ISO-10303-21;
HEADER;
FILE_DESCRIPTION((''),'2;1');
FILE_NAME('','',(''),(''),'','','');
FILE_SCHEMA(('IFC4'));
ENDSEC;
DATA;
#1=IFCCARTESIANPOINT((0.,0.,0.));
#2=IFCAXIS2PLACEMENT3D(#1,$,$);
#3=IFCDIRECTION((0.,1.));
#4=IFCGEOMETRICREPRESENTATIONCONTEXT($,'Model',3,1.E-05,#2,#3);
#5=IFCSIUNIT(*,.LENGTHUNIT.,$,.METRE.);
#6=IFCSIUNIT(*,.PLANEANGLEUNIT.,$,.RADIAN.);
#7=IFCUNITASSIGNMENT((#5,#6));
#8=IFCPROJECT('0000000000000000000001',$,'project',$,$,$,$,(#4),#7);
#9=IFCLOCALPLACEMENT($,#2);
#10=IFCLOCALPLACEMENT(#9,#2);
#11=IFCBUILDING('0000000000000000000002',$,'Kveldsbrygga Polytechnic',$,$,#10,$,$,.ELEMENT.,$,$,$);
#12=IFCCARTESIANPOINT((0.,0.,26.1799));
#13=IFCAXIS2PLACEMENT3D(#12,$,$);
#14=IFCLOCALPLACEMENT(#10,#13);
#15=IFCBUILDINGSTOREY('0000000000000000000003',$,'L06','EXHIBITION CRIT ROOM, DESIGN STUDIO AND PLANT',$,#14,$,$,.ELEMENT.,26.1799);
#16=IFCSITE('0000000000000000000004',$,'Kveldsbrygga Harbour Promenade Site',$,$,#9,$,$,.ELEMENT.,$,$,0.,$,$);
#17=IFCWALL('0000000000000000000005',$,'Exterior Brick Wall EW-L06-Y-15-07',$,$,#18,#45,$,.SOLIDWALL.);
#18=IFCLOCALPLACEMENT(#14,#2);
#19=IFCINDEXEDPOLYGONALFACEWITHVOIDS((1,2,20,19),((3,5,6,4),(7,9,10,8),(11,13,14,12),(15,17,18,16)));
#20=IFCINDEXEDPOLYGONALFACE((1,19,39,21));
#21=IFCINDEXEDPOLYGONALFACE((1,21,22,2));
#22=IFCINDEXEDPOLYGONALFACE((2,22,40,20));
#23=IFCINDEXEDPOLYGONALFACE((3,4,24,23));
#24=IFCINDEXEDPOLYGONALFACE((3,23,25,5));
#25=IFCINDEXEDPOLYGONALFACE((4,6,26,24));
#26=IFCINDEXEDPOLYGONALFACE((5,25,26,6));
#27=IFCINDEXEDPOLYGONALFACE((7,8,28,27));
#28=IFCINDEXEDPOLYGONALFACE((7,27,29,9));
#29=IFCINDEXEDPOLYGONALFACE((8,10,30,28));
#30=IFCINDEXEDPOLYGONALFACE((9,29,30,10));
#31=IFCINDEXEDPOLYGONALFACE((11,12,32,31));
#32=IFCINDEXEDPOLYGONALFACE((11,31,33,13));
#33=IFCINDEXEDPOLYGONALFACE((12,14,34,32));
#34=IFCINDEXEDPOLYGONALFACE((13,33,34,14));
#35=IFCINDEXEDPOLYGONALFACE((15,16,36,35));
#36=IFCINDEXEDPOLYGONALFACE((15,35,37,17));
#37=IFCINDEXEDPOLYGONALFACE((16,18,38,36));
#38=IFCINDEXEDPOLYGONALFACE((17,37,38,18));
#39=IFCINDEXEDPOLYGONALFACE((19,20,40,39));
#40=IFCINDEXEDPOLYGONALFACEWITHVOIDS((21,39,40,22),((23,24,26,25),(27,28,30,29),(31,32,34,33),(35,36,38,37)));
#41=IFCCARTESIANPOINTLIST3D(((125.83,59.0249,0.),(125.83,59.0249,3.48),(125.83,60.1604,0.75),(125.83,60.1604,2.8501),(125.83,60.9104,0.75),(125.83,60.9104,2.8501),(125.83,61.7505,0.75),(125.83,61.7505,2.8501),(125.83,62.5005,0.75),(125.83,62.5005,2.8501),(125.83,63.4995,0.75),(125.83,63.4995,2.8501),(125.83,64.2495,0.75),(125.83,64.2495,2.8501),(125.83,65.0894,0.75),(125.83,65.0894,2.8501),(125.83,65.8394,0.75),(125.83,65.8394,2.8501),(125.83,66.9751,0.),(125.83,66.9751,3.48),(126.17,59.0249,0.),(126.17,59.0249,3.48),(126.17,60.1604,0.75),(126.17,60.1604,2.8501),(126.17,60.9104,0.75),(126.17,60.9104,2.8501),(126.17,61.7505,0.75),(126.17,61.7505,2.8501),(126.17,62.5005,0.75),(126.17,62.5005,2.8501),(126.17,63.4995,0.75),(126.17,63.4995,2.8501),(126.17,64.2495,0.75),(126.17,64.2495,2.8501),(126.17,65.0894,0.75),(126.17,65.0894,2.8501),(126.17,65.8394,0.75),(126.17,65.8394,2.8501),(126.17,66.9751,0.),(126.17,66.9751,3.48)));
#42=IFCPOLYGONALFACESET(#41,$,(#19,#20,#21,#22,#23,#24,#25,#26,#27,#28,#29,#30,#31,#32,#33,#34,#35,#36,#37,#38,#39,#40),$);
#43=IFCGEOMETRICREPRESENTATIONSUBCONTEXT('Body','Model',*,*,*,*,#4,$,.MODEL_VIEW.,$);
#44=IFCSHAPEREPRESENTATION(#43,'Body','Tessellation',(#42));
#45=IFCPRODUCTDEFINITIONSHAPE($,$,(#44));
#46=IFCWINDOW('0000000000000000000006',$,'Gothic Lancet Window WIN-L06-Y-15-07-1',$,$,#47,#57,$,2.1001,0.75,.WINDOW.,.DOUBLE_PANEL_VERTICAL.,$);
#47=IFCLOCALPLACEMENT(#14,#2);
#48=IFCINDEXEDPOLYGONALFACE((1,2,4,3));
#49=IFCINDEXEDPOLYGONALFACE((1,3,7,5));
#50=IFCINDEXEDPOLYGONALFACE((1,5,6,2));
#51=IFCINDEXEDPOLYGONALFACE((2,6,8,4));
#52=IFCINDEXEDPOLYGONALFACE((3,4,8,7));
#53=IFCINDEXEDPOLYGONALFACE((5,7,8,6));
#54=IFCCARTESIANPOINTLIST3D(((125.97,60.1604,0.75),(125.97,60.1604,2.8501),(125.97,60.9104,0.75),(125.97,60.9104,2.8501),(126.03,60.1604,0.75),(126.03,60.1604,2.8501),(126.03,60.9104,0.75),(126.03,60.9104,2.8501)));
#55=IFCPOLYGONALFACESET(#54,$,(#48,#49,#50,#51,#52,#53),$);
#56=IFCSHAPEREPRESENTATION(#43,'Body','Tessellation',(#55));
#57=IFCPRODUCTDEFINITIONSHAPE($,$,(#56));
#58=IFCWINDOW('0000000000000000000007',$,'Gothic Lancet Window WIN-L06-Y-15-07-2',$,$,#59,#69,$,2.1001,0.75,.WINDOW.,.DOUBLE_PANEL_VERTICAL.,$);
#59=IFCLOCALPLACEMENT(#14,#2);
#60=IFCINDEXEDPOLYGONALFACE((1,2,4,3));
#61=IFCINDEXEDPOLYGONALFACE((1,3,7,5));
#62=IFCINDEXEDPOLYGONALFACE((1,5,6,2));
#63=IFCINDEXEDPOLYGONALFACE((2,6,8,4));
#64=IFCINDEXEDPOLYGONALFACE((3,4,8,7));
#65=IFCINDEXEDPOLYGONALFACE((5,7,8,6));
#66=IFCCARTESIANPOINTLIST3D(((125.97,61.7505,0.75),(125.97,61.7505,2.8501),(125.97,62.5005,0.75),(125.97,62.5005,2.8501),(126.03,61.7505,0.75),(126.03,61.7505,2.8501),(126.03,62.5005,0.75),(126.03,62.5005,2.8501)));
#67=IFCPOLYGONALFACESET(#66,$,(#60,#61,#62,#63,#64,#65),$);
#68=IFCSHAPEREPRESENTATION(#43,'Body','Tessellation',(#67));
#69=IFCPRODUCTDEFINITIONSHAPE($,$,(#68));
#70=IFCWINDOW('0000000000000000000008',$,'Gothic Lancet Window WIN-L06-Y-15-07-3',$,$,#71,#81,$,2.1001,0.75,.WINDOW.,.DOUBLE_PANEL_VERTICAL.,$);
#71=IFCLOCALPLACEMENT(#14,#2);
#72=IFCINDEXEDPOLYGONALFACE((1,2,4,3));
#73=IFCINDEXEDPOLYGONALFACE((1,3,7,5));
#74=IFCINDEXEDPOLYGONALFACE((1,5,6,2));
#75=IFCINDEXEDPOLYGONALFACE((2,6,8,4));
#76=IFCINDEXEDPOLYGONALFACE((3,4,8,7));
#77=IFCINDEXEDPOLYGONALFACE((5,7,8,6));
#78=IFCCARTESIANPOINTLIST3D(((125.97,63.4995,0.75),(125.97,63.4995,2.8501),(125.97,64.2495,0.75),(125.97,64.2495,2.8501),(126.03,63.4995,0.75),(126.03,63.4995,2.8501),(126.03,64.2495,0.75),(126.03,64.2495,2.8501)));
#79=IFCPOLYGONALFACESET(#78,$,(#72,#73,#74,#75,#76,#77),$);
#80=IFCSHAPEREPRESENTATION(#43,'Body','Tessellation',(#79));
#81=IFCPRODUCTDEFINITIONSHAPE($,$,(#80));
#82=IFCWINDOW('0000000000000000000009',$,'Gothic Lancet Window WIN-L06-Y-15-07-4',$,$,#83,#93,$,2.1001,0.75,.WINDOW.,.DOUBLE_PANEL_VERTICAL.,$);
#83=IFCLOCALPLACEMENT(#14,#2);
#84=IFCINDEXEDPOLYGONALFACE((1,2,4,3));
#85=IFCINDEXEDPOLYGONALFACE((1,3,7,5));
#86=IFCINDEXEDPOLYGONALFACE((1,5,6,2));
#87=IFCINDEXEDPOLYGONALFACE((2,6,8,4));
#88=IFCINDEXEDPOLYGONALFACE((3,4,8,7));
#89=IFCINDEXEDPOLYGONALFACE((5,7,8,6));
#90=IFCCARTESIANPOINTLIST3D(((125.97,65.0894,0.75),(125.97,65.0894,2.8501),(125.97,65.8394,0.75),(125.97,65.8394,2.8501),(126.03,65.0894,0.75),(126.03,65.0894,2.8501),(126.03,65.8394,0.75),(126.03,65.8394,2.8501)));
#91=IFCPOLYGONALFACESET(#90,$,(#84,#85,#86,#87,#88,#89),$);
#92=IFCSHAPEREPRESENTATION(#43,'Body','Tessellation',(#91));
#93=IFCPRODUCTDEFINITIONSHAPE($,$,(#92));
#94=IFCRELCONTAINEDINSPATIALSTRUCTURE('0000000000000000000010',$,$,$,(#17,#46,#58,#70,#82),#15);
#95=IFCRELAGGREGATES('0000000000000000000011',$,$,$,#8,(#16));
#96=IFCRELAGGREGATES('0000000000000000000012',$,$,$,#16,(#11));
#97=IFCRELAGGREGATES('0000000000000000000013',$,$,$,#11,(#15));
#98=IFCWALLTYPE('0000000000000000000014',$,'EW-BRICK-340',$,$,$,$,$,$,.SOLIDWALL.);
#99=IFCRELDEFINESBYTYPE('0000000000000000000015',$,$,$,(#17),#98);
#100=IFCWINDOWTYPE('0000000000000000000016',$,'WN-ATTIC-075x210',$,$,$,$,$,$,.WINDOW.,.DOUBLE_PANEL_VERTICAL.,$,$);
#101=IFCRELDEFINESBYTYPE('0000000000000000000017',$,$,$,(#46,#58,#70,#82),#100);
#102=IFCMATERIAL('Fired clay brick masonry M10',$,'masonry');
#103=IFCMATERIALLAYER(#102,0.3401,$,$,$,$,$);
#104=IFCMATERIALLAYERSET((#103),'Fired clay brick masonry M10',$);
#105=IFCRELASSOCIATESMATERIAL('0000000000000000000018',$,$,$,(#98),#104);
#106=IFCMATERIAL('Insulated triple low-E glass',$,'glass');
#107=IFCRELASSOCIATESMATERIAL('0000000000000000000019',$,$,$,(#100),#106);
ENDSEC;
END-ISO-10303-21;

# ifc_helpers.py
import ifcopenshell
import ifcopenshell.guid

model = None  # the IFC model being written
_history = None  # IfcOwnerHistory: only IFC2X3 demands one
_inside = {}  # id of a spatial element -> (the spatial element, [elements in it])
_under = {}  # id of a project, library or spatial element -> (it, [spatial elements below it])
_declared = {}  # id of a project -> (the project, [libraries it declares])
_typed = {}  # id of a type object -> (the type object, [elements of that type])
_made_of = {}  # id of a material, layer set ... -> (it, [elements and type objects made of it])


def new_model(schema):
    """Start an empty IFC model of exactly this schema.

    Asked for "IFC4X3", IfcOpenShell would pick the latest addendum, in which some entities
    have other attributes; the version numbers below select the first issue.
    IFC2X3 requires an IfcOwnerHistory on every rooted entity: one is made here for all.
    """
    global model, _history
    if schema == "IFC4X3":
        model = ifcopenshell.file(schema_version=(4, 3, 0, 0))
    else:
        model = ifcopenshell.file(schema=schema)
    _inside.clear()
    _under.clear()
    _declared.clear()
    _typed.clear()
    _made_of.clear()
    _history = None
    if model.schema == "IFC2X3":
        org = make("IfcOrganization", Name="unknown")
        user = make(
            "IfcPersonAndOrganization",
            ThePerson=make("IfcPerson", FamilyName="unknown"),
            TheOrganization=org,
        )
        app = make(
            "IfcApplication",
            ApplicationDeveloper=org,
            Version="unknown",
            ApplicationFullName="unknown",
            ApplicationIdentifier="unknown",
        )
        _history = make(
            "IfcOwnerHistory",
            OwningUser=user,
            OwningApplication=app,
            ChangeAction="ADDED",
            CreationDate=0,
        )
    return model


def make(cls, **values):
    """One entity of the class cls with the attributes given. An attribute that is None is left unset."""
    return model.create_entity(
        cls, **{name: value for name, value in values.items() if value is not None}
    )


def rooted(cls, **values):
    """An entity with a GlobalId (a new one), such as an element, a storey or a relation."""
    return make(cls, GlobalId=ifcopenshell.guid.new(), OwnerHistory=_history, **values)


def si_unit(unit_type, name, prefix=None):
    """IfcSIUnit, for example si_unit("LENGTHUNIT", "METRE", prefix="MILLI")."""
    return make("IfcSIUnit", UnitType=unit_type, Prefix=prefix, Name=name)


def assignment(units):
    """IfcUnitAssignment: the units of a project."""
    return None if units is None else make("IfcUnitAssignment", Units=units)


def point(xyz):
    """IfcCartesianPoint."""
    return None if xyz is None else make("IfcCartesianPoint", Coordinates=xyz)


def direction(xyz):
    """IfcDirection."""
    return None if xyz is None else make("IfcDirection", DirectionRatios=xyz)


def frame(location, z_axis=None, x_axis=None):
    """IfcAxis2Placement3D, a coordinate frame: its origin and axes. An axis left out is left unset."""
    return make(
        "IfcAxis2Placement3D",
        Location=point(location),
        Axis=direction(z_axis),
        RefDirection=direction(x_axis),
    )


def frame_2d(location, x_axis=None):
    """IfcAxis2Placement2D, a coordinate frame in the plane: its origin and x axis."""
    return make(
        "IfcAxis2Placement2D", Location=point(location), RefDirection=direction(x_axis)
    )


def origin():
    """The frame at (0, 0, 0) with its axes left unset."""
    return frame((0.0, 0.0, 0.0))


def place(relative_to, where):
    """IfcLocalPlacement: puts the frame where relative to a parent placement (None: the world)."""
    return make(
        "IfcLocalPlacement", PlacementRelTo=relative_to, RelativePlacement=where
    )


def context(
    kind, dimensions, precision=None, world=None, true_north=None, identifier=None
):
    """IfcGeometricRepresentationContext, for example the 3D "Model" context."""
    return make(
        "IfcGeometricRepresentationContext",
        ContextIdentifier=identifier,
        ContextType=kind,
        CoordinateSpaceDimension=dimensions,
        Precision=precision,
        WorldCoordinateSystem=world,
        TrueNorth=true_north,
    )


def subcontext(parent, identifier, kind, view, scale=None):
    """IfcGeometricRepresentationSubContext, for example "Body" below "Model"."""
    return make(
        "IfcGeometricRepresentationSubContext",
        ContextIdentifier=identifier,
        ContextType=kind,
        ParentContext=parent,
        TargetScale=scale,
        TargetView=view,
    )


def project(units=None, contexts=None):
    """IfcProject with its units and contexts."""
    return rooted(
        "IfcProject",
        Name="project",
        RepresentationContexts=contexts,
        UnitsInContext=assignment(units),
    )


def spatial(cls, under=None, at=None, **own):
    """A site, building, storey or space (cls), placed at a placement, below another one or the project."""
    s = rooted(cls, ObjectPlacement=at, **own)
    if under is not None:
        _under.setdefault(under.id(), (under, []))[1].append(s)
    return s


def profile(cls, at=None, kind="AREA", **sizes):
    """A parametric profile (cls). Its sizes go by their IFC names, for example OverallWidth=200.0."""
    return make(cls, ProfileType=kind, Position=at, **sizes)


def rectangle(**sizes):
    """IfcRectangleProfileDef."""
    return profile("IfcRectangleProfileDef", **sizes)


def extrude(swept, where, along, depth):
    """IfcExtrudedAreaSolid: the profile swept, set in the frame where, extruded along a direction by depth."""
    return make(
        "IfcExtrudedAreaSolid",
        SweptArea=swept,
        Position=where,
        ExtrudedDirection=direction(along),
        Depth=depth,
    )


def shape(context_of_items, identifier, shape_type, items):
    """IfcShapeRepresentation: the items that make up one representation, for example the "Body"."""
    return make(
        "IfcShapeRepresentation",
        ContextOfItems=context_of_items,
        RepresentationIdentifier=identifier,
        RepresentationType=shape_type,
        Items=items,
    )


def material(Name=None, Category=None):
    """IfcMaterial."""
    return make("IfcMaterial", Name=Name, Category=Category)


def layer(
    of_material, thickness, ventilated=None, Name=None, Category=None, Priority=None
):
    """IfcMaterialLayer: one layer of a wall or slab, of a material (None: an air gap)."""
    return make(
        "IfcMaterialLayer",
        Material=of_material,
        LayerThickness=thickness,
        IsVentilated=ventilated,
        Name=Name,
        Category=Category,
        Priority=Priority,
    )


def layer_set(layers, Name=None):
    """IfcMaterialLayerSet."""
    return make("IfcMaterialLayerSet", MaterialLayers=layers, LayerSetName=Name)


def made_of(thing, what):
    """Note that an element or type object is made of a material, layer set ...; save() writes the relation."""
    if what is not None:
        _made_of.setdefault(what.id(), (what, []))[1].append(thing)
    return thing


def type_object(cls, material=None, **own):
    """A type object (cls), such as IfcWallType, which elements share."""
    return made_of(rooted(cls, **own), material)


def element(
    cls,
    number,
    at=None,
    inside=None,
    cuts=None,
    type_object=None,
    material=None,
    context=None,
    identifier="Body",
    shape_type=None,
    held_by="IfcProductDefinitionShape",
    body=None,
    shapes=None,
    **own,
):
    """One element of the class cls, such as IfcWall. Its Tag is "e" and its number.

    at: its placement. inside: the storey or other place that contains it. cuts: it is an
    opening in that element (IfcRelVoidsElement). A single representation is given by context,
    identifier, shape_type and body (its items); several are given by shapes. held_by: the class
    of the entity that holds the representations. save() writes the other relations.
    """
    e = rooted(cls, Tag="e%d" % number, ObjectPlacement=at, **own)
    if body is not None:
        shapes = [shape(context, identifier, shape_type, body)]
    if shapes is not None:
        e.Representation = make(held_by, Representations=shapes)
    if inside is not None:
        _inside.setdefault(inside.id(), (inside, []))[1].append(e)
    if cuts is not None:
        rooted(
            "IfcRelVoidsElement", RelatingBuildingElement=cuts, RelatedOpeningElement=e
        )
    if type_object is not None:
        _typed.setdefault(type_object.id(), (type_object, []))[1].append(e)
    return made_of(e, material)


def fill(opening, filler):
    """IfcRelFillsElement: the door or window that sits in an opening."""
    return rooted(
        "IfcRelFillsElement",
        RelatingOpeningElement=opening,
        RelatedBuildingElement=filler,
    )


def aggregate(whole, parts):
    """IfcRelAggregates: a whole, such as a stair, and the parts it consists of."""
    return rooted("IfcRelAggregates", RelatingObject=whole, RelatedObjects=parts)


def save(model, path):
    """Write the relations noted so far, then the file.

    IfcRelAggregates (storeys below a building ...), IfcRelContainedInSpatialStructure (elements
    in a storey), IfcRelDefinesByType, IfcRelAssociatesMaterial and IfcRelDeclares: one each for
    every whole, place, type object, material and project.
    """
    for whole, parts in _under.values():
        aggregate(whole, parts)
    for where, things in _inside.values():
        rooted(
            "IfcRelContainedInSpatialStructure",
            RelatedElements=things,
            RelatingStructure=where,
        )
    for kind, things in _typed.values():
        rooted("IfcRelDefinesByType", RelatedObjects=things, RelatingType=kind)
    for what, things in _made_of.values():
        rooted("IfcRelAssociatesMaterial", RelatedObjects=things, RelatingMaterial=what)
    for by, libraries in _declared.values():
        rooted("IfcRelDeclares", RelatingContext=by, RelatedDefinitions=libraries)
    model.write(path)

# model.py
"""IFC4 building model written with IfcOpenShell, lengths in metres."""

from ifc_helpers import new_model, si_unit, direction, frame, frame_2d, origin, place, context, subcontext, project, spatial, rectangle, extrude, material, layer, layer_set, type_object, element, fill, save


model = new_model("IFC4")

# Units and contexts
model_context = context("Model", 3, precision=1e-05, world=origin(), true_north=direction((0.0, 1.0)))
body_context = subcontext(model_context, "Body", "Model", "MODEL_VIEW")
ifc_project = project(units=[si_unit("LENGTHUNIT", "METRE"), si_unit("PLANEANGLEUNIT", "RADIAN")], contexts=[model_context])

# Site, building, storey
site_placement = place(None, origin())
site = spatial("IfcSite", under=ifc_project, at=site_placement, Name="Kveldsbrygga Harbour Promenade Site", CompositionType="ELEMENT", RefElevation=0.0)
building_placement = place(site_placement, origin())
building = spatial("IfcBuilding", under=site, at=building_placement, Name="Kveldsbrygga Polytechnic", CompositionType="ELEMENT")
storey_placement = place(building_placement, frame((0.0, 0.0, 26.1799)))
storey = spatial("IfcBuildingStorey", under=building, at=storey_placement, Name="L06", Description="EXHIBITION CRIT ROOM, DESIGN STUDIO AND PLANT", CompositionType="ELEMENT", Elevation=26.1799)

# Wall, openings, windows
ifc_material_1 = material(Name="Fired clay brick masonry M10", Category="masonry")
ifc_layer_1 = layer(ifc_material_1, 0.3401)
ifc_layer_set_1 = layer_set([ifc_layer_1], Name="Fired clay brick masonry M10")
wall_type = type_object("IfcWallType", Name="EW-BRICK-340", PredefinedType="SOLIDWALL", material=ifc_layer_set_1)
wall_1_placement = place(storey_placement, frame((126.0, 59.0249, 0.0), z_axis=(0.0, 0.0, 1.0), x_axis=(0.0, 1.0, 0.0)))
wall_1 = element("IfcWall", 1, at=wall_1_placement, inside=storey, type_object=wall_type, Name="Exterior Brick Wall EW-L06-Y-15-07", PredefinedType="SOLIDWALL", context=body_context, shape_type="SweptSolid", body=[
    extrude(rectangle(XDim=7.9502, YDim=0.3401, at=frame_2d((3.9751, 0.0))), origin(), (0.0, 0.0, 1.0), 3.48),
])
opening_1_placement = place(wall_1_placement, frame((1.1355, 0.0, 0.75)))
opening_1 = element("IfcOpeningElement", 2, at=opening_1_placement, cuts=wall_1, PredefinedType="OPENING", context=body_context, shape_type="SweptSolid", body=[
    extrude(rectangle(XDim=0.75, YDim=2.1001, at=frame_2d((0.375, 1.05))), frame((0.0, 0.1802, 0.0), z_axis=(0.0, -1.0, 0.0), x_axis=(1.0, 0.0, 0.0)), (0.0, 0.0, 1.0), 0.3601),
])
opening_2_placement = place(wall_1_placement, frame((2.7256, 0.0, 0.75)))
opening_2 = element("IfcOpeningElement", 3, at=opening_2_placement, cuts=wall_1, PredefinedType="OPENING", context=body_context, shape_type="SweptSolid", body=[
    extrude(rectangle(XDim=0.75, YDim=2.1001, at=frame_2d((0.375, 1.05))), frame((0.0, 0.1802, 0.0), z_axis=(0.0, -1.0, 0.0), x_axis=(1.0, 0.0, 0.0)), (0.0, 0.0, 1.0), 0.3601),
])
opening_3_placement = place(wall_1_placement, frame((4.4746, 0.0, 0.75)))
opening_3 = element("IfcOpeningElement", 4, at=opening_3_placement, cuts=wall_1, PredefinedType="OPENING", context=body_context, shape_type="SweptSolid", body=[
    extrude(rectangle(XDim=0.75, YDim=2.1001, at=frame_2d((0.375, 1.05))), frame((0.0, 0.1802, 0.0), z_axis=(0.0, -1.0, 0.0), x_axis=(1.0, 0.0, 0.0)), (0.0, 0.0, 1.0), 0.3601),
])
opening_4_placement = place(wall_1_placement, frame((6.0645, 0.0, 0.75)))
opening_4 = element("IfcOpeningElement", 5, at=opening_4_placement, cuts=wall_1, PredefinedType="OPENING", context=body_context, shape_type="SweptSolid", body=[
    extrude(rectangle(XDim=0.75, YDim=2.1001, at=frame_2d((0.375, 1.05))), frame((0.0, 0.1802, 0.0), z_axis=(0.0, -1.0, 0.0), x_axis=(1.0, 0.0, 0.0)), (0.0, 0.0, 1.0), 0.3601),
])
ifc_material_2 = material(Name="Insulated triple low-E glass", Category="glass")
window_type_1 = type_object("IfcWindowType", Name="WN-ATTIC-075x210", PartitioningType="DOUBLE_PANEL_VERTICAL", PredefinedType="WINDOW", material=ifc_material_2)
window_1_placement = place(opening_1_placement, origin())
window_1 = element("IfcWindow", 6, at=window_1_placement, inside=storey, type_object=window_type_1, Name="Gothic Lancet Window WIN-L06-Y-15-07-1", OverallHeight=2.1001, OverallWidth=0.75, PartitioningType="DOUBLE_PANEL_VERTICAL", PredefinedType="WINDOW", context=body_context, shape_type="SweptSolid", body=[
    extrude(rectangle(XDim=0.75, YDim=2.1001, at=frame_2d((0.375, 1.05))), frame((0.0, 0.03, 0.0), z_axis=(0.0, -1.0, 0.0), x_axis=(1.0, 0.0, 0.0)), (0.0, 0.0, 1.0), 0.0601),
])
fill(opening_1, window_1)
window_2_placement = place(opening_2_placement, origin())
window_2 = element("IfcWindow", 7, at=window_2_placement, inside=storey, type_object=window_type_1, Name="Gothic Lancet Window WIN-L06-Y-15-07-2", OverallHeight=2.1001, OverallWidth=0.75, PartitioningType="DOUBLE_PANEL_VERTICAL", PredefinedType="WINDOW", context=body_context, shape_type="SweptSolid", body=[
    extrude(rectangle(XDim=0.75, YDim=2.1001, at=frame_2d((0.375, 1.05))), frame((0.0, 0.03, 0.0), z_axis=(0.0, -1.0, 0.0), x_axis=(1.0, 0.0, 0.0)), (0.0, 0.0, 1.0), 0.0601),
])
fill(opening_2, window_2)
window_3_placement = place(opening_3_placement, origin())
window_3 = element("IfcWindow", 8, at=window_3_placement, inside=storey, type_object=window_type_1, Name="Gothic Lancet Window WIN-L06-Y-15-07-3", OverallHeight=2.1001, OverallWidth=0.75, PartitioningType="DOUBLE_PANEL_VERTICAL", PredefinedType="WINDOW", context=body_context, shape_type="SweptSolid", body=[
    extrude(rectangle(XDim=0.75, YDim=2.1001, at=frame_2d((0.375, 1.05))), frame((0.0, 0.03, 0.0), z_axis=(0.0, -1.0, 0.0), x_axis=(1.0, 0.0, 0.0)), (0.0, 0.0, 1.0), 0.0601),
])
fill(opening_3, window_3)
window_4_placement = place(opening_4_placement, origin())
window_4 = element("IfcWindow", 9, at=window_4_placement, inside=storey, type_object=window_type_1, Name="Gothic Lancet Window WIN-L06-Y-15-07-4", OverallHeight=2.1001, OverallWidth=0.75, PartitioningType="DOUBLE_PANEL_VERTICAL", PredefinedType="WINDOW", context=body_context, shape_type="SweptSolid", body=[
    extrude(rectangle(XDim=0.75, YDim=2.1001, at=frame_2d((0.375, 1.05))), frame((0.0, 0.03, 0.0), z_axis=(0.0, -1.0, 0.0), x_axis=(1.0, 0.0, 0.0)), (0.0, 0.0, 1.0), 0.0601),
])
fill(opening_4, window_4)

save(model, "model.ifc")
